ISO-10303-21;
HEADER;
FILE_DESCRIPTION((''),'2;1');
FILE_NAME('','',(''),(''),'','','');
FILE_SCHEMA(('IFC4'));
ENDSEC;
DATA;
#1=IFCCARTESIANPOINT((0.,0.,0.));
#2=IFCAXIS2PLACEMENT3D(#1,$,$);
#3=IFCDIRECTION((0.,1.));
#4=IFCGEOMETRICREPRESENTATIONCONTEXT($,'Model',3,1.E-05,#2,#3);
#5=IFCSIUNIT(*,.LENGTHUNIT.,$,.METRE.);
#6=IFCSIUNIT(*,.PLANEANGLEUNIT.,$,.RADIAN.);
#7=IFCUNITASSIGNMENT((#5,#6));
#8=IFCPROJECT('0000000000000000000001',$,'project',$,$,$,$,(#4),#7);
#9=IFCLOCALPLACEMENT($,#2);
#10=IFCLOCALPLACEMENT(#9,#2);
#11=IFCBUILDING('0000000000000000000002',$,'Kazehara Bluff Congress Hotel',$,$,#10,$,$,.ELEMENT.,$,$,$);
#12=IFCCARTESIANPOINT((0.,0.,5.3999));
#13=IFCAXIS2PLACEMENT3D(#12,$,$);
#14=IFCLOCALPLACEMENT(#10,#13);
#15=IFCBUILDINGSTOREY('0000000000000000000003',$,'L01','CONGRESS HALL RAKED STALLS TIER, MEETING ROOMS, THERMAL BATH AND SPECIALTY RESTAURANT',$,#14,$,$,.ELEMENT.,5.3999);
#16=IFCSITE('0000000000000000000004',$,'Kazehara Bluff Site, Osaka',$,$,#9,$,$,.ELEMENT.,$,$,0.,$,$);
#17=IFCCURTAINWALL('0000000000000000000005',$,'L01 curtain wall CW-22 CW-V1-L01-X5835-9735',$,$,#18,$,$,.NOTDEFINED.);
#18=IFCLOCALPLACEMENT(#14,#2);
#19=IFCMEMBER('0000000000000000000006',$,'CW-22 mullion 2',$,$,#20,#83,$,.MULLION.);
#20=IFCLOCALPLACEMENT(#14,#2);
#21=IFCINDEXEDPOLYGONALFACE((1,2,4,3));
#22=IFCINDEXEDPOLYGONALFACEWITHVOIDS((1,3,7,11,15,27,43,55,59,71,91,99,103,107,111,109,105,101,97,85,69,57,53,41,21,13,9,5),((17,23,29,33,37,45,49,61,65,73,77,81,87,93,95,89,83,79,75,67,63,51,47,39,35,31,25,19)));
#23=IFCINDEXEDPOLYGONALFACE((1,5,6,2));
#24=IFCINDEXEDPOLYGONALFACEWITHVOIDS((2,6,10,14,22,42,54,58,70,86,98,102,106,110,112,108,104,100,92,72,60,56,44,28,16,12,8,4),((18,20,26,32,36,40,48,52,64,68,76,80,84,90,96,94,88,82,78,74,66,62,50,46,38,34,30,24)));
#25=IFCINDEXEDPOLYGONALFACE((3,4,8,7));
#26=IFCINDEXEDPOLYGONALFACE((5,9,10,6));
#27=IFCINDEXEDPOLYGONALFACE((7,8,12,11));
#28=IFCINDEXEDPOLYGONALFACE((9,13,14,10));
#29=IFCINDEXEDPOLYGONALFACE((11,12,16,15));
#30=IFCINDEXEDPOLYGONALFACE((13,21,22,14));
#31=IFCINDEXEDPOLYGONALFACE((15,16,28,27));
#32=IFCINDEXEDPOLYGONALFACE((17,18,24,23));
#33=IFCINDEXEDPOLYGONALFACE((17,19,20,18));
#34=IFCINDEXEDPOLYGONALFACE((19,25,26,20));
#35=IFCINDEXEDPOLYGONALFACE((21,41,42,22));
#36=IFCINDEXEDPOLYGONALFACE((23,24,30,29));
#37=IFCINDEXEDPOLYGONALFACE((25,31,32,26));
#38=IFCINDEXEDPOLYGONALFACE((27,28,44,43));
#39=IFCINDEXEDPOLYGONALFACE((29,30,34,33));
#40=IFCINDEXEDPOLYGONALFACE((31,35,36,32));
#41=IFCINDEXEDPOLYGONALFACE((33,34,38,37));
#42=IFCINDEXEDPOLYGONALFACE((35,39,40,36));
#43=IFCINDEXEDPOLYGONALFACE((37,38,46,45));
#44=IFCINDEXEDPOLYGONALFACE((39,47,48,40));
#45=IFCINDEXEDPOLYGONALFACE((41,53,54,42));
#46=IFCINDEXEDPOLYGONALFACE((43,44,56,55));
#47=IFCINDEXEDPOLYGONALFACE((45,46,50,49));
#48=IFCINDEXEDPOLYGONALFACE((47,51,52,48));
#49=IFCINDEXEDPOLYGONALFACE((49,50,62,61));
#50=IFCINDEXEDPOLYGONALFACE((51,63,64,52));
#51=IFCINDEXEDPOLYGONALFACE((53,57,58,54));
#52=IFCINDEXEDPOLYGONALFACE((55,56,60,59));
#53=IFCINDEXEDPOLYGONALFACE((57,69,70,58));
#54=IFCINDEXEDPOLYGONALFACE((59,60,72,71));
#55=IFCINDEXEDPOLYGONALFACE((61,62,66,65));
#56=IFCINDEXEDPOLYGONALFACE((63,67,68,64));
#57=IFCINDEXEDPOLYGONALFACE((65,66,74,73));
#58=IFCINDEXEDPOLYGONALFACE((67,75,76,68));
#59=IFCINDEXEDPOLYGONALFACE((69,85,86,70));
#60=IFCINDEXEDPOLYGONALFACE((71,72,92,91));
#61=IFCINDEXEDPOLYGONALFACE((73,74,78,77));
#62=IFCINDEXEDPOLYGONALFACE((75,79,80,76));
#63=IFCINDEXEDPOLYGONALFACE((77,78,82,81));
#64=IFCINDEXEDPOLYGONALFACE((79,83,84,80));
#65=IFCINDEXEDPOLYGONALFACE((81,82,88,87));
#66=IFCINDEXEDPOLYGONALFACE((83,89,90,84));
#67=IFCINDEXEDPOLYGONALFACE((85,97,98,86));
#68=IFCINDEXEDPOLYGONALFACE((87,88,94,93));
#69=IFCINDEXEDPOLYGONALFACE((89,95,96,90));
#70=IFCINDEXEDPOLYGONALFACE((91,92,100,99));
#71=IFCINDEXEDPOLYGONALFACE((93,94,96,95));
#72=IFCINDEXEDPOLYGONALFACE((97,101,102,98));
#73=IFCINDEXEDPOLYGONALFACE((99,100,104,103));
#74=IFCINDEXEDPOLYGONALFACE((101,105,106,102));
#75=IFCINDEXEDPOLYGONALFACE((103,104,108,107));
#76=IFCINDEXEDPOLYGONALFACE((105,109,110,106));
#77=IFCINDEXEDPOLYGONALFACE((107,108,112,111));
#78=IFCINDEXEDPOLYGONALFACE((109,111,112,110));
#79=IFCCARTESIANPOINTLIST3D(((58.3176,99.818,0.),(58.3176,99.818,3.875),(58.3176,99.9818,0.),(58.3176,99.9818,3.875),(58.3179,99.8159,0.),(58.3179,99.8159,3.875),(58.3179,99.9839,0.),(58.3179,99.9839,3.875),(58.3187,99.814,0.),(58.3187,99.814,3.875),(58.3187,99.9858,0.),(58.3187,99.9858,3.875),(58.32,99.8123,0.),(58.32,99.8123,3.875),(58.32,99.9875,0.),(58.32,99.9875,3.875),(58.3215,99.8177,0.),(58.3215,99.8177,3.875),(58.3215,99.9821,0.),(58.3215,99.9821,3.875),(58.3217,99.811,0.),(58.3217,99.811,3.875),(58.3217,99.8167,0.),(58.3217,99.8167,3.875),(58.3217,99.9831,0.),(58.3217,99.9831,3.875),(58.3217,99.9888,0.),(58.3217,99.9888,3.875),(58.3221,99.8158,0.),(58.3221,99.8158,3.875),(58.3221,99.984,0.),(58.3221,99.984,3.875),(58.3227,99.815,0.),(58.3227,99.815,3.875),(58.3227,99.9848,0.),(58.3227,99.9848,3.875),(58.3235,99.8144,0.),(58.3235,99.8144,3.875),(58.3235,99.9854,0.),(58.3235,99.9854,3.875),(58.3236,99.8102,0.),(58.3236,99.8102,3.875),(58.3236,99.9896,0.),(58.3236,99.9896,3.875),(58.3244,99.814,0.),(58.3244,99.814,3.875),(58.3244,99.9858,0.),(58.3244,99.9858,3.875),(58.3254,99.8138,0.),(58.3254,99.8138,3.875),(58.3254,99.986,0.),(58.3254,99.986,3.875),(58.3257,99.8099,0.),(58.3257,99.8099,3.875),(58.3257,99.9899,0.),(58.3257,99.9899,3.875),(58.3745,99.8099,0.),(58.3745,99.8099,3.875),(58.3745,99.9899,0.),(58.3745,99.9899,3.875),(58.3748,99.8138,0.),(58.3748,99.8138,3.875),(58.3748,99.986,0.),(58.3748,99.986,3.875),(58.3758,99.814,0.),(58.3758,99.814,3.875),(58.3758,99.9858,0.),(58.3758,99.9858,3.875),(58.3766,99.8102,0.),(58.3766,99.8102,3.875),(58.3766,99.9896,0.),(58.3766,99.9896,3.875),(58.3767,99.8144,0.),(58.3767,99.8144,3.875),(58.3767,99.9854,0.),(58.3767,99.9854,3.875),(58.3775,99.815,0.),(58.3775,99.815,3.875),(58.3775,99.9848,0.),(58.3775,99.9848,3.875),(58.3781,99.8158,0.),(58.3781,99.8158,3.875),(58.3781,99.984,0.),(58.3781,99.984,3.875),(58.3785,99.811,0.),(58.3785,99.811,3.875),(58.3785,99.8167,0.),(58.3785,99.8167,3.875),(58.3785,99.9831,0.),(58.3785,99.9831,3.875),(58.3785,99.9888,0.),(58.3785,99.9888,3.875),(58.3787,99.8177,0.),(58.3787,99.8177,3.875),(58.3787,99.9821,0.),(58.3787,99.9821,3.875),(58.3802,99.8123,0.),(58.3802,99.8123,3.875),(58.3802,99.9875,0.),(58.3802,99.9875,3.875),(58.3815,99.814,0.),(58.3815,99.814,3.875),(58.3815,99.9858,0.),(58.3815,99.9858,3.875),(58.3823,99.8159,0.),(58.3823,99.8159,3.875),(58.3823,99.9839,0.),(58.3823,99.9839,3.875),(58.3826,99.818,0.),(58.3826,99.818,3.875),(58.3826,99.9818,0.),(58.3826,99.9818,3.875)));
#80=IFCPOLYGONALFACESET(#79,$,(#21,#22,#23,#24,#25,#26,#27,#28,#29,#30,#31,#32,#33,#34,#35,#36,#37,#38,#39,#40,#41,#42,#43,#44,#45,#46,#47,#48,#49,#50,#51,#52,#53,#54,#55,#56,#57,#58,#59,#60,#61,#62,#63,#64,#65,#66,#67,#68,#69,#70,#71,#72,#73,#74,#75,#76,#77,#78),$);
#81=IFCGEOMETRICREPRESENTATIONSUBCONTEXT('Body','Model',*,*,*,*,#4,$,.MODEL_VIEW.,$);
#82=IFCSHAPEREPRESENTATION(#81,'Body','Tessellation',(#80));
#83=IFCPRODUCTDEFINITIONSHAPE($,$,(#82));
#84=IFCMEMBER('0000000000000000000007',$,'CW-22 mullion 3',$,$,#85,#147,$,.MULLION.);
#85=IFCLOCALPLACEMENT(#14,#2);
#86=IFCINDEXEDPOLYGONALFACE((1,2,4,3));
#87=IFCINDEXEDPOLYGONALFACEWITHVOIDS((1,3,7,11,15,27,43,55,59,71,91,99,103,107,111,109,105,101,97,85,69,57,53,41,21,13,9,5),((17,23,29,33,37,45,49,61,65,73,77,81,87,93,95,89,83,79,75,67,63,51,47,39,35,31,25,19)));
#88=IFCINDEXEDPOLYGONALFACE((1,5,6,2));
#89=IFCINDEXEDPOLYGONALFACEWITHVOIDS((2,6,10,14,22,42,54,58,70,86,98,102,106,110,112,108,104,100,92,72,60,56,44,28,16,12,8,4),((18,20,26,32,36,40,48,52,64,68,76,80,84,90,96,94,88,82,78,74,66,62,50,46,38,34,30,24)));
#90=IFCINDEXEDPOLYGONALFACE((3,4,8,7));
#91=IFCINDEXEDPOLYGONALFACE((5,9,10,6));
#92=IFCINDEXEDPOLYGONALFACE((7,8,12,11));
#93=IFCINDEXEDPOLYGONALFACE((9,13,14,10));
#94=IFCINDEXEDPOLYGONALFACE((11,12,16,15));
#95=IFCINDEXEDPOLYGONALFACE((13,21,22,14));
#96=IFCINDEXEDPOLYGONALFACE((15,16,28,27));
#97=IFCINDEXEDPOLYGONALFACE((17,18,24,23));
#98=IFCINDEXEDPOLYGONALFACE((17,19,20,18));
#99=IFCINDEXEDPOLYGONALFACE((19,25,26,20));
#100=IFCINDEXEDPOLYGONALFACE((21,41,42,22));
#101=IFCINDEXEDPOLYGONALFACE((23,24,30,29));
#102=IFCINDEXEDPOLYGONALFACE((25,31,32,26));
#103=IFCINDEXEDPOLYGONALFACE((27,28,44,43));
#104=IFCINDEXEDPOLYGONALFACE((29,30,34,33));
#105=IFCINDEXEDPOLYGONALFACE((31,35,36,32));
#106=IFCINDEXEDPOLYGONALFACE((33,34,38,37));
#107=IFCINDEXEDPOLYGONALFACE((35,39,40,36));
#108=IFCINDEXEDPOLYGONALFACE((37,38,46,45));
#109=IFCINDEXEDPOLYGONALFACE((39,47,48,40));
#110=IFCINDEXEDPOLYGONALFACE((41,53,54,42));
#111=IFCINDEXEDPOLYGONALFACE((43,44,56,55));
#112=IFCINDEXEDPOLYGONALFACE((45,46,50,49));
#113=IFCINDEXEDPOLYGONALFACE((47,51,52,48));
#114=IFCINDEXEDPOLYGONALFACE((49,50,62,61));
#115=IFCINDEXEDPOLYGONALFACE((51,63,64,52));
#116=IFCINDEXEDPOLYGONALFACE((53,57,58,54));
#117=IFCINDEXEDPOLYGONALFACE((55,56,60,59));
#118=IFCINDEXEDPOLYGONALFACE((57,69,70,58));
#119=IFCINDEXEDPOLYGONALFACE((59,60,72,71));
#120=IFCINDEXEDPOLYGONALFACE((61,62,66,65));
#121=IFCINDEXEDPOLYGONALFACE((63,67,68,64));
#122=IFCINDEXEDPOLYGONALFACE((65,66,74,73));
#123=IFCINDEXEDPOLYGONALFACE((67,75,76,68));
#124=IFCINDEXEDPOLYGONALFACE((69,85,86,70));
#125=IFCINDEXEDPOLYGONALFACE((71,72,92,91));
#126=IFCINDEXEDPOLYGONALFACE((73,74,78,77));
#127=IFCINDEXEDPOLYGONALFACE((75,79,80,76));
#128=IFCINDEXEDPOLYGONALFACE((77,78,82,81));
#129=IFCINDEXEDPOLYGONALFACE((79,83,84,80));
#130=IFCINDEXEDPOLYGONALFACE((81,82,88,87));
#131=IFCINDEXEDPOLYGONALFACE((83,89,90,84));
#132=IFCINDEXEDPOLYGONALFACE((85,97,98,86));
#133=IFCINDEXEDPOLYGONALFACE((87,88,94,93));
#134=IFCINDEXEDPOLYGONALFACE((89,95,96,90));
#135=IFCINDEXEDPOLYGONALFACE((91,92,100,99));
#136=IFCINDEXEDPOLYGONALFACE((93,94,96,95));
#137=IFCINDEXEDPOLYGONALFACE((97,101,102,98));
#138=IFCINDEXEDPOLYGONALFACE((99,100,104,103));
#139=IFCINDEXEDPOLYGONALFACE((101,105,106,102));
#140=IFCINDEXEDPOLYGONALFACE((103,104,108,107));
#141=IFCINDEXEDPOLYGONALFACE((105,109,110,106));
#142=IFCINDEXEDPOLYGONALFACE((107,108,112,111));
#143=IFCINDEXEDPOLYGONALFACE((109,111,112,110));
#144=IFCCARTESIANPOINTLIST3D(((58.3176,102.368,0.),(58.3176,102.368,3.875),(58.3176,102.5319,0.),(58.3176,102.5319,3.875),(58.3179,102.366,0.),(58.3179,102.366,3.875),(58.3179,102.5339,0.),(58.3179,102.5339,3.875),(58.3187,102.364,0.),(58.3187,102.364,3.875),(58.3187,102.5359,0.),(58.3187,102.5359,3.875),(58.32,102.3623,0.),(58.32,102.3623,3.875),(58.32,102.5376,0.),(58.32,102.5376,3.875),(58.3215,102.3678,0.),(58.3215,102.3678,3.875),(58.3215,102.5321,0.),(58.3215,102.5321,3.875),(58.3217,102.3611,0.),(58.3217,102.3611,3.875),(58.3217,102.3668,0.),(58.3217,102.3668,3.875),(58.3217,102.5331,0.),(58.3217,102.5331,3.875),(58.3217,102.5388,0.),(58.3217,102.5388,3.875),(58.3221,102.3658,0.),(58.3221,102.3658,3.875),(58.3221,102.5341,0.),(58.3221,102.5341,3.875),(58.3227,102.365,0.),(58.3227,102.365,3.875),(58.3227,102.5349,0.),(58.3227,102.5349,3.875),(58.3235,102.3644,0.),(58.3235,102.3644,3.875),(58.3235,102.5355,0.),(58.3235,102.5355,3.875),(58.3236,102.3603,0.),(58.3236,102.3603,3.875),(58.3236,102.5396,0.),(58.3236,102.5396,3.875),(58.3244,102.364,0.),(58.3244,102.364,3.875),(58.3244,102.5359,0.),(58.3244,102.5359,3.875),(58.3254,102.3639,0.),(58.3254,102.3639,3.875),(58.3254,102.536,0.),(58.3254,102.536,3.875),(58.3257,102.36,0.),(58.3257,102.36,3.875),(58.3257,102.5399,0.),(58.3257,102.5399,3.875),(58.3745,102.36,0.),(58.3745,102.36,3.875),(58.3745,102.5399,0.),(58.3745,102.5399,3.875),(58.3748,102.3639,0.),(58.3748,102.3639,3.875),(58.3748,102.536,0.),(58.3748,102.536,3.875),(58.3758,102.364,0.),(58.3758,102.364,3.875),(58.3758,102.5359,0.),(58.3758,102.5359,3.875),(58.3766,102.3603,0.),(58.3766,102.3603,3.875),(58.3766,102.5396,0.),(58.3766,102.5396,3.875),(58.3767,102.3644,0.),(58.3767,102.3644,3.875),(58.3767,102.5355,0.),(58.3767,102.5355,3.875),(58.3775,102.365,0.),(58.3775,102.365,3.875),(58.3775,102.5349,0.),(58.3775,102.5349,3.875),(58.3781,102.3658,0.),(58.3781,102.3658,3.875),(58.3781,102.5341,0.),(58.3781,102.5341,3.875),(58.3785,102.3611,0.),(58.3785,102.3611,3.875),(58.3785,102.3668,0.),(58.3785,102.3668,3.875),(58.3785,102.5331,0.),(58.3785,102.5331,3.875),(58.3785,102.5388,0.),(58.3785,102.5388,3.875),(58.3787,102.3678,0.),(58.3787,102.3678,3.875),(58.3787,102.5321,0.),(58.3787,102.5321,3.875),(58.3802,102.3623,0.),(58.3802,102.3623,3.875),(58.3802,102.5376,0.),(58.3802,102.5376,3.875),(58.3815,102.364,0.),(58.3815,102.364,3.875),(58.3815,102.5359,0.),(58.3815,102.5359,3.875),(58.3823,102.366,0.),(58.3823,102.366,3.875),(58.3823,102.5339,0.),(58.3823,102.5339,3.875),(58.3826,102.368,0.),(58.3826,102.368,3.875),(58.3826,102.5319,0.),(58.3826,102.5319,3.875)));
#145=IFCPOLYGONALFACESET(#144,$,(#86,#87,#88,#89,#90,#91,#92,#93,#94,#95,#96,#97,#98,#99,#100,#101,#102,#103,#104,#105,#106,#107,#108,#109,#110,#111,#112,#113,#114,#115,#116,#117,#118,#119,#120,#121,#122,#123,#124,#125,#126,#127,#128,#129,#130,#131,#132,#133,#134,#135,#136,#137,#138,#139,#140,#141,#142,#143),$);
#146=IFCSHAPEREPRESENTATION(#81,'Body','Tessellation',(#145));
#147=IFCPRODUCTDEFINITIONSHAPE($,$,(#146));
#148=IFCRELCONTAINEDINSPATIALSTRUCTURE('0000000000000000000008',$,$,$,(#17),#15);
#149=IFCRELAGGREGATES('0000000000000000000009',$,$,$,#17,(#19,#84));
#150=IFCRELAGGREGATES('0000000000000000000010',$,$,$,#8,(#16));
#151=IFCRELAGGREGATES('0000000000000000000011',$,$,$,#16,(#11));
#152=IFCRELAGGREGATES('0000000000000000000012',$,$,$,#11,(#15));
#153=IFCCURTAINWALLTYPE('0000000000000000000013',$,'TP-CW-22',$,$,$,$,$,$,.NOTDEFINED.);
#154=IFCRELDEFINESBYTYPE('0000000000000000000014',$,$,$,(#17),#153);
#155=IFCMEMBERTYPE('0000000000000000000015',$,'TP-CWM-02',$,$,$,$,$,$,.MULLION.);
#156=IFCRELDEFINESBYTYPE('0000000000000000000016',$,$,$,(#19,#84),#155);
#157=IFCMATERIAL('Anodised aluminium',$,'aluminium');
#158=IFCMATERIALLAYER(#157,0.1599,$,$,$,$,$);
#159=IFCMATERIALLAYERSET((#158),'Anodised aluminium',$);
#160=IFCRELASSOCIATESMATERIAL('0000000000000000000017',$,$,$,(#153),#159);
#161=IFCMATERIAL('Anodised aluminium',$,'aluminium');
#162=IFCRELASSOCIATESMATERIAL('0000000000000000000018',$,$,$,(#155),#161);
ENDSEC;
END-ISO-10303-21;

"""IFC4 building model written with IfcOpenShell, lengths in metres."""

from ifc_helpers import new_model, si_unit, direction, frame, origin, origin_2d, place, context, subcontext, project, spatial, hollow_rectangle, extrude, material, layer, layer_set, material_profile, profile_set, type_object, element, aggregate, save


model = new_model("IFC4")

# Units and contexts
model_context = context("Model", 3, precision=1e-05, world=origin(), true_north=direction((0.0, 1.0)))
body_context = subcontext(model_context, "Body", "Model", "MODEL_VIEW")
ifc_project = project(units=[si_unit("LENGTHUNIT", "METRE"), si_unit("PLANEANGLEUNIT", "RADIAN")], contexts=[model_context])

# Site, building, storey
site_placement = place(None, origin())
site = spatial("IfcSite", under=ifc_project, at=site_placement, Name="Kazehara Bluff Site, Osaka", CompositionType="ELEMENT", RefElevation=0.0)
building_placement = place(site_placement, origin())
building = spatial("IfcBuilding", under=site, at=building_placement, Name="Kazehara Bluff Congress Hotel", CompositionType="ELEMENT")
storey_placement = place(building_placement, frame((0.0, 0.0, 5.3999)))
storey = spatial("IfcBuildingStorey", under=building, at=storey_placement, Name="L01", Description="CONGRESS HALL RAKED STALLS TIER, MEETING ROOMS, THERMAL BATH AND SPECIALTY RESTAURANT", CompositionType="ELEMENT", Elevation=5.3999)

# Curtain wall, members
ifc_material_1 = material(Name="Anodised aluminium", Category="aluminium")
ifc_layer_1 = layer(ifc_material_1, 0.1599)
ifc_layer_set_1 = layer_set([ifc_layer_1], Name="Anodised aluminium")
curtain_wall_type = type_object("IfcCurtainWallType", Name="TP-CW-22", PredefinedType="NOTDEFINED", material=ifc_layer_set_1)
curtain_wall_placement = place(storey_placement, origin())
curtain_wall = element("IfcCurtainWall", 1, at=curtain_wall_placement, inside=storey, type_object=curtain_wall_type, Name="L01 curtain wall CW-22 CW-V1-L01-X5835-9735", PredefinedType="NOTDEFINED")
ifc_material_2 = material(Name="Anodised aluminium", Category="aluminium")
ifc_material_profile_1 = material_profile(ifc_material_2, hollow_rectangle(XDim=0.0649, YDim=0.1799, WallThickness=0.0039, InnerFilletRadius=0.0039, OuterFilletRadius=0.0081, at=origin_2d()))
ifc_profile_set_1 = profile_set([ifc_material_profile_1], Name="Anodised aluminium")
member_type_1 = type_object("IfcMemberType", Name="TP-CWM-02", PredefinedType="MULLION", material=ifc_profile_set_1)
member_1_placement = place(storey_placement, frame((58.3501, 99.8999, 0.0), z_axis=(0.0, 0.0, 1.0), x_axis=(-1.0, 0.0, 0.0)))
member_1 = element("IfcMember", 2, at=member_1_placement, type_object=member_type_1, Name="CW-22 mullion 2", PredefinedType="MULLION", context=body_context, shape_type="SweptSolid", body=[
    extrude(hollow_rectangle(XDim=0.0649, YDim=0.1799, WallThickness=0.0039, InnerFilletRadius=0.0039, OuterFilletRadius=0.0081, at=origin_2d()), origin(), (0.0, 0.0, 1.0), 3.875),
])
member_2_placement = place(storey_placement, frame((58.3501, 102.45, 0.0), z_axis=(0.0, 0.0, 1.0), x_axis=(-1.0, 0.0, 0.0)))
member_2 = element("IfcMember", 3, at=member_2_placement, type_object=member_type_1, Name="CW-22 mullion 3", PredefinedType="MULLION", context=body_context, shape_type="SweptSolid", body=[
    extrude(hollow_rectangle(XDim=0.0649, YDim=0.1799, WallThickness=0.0039, InnerFilletRadius=0.0039, OuterFilletRadius=0.0081, at=origin_2d()), origin(), (0.0, 0.0, 1.0), 3.875),
])

aggregate(curtain_wall, [member_1, member_2])

save(model, "model.ifc")
